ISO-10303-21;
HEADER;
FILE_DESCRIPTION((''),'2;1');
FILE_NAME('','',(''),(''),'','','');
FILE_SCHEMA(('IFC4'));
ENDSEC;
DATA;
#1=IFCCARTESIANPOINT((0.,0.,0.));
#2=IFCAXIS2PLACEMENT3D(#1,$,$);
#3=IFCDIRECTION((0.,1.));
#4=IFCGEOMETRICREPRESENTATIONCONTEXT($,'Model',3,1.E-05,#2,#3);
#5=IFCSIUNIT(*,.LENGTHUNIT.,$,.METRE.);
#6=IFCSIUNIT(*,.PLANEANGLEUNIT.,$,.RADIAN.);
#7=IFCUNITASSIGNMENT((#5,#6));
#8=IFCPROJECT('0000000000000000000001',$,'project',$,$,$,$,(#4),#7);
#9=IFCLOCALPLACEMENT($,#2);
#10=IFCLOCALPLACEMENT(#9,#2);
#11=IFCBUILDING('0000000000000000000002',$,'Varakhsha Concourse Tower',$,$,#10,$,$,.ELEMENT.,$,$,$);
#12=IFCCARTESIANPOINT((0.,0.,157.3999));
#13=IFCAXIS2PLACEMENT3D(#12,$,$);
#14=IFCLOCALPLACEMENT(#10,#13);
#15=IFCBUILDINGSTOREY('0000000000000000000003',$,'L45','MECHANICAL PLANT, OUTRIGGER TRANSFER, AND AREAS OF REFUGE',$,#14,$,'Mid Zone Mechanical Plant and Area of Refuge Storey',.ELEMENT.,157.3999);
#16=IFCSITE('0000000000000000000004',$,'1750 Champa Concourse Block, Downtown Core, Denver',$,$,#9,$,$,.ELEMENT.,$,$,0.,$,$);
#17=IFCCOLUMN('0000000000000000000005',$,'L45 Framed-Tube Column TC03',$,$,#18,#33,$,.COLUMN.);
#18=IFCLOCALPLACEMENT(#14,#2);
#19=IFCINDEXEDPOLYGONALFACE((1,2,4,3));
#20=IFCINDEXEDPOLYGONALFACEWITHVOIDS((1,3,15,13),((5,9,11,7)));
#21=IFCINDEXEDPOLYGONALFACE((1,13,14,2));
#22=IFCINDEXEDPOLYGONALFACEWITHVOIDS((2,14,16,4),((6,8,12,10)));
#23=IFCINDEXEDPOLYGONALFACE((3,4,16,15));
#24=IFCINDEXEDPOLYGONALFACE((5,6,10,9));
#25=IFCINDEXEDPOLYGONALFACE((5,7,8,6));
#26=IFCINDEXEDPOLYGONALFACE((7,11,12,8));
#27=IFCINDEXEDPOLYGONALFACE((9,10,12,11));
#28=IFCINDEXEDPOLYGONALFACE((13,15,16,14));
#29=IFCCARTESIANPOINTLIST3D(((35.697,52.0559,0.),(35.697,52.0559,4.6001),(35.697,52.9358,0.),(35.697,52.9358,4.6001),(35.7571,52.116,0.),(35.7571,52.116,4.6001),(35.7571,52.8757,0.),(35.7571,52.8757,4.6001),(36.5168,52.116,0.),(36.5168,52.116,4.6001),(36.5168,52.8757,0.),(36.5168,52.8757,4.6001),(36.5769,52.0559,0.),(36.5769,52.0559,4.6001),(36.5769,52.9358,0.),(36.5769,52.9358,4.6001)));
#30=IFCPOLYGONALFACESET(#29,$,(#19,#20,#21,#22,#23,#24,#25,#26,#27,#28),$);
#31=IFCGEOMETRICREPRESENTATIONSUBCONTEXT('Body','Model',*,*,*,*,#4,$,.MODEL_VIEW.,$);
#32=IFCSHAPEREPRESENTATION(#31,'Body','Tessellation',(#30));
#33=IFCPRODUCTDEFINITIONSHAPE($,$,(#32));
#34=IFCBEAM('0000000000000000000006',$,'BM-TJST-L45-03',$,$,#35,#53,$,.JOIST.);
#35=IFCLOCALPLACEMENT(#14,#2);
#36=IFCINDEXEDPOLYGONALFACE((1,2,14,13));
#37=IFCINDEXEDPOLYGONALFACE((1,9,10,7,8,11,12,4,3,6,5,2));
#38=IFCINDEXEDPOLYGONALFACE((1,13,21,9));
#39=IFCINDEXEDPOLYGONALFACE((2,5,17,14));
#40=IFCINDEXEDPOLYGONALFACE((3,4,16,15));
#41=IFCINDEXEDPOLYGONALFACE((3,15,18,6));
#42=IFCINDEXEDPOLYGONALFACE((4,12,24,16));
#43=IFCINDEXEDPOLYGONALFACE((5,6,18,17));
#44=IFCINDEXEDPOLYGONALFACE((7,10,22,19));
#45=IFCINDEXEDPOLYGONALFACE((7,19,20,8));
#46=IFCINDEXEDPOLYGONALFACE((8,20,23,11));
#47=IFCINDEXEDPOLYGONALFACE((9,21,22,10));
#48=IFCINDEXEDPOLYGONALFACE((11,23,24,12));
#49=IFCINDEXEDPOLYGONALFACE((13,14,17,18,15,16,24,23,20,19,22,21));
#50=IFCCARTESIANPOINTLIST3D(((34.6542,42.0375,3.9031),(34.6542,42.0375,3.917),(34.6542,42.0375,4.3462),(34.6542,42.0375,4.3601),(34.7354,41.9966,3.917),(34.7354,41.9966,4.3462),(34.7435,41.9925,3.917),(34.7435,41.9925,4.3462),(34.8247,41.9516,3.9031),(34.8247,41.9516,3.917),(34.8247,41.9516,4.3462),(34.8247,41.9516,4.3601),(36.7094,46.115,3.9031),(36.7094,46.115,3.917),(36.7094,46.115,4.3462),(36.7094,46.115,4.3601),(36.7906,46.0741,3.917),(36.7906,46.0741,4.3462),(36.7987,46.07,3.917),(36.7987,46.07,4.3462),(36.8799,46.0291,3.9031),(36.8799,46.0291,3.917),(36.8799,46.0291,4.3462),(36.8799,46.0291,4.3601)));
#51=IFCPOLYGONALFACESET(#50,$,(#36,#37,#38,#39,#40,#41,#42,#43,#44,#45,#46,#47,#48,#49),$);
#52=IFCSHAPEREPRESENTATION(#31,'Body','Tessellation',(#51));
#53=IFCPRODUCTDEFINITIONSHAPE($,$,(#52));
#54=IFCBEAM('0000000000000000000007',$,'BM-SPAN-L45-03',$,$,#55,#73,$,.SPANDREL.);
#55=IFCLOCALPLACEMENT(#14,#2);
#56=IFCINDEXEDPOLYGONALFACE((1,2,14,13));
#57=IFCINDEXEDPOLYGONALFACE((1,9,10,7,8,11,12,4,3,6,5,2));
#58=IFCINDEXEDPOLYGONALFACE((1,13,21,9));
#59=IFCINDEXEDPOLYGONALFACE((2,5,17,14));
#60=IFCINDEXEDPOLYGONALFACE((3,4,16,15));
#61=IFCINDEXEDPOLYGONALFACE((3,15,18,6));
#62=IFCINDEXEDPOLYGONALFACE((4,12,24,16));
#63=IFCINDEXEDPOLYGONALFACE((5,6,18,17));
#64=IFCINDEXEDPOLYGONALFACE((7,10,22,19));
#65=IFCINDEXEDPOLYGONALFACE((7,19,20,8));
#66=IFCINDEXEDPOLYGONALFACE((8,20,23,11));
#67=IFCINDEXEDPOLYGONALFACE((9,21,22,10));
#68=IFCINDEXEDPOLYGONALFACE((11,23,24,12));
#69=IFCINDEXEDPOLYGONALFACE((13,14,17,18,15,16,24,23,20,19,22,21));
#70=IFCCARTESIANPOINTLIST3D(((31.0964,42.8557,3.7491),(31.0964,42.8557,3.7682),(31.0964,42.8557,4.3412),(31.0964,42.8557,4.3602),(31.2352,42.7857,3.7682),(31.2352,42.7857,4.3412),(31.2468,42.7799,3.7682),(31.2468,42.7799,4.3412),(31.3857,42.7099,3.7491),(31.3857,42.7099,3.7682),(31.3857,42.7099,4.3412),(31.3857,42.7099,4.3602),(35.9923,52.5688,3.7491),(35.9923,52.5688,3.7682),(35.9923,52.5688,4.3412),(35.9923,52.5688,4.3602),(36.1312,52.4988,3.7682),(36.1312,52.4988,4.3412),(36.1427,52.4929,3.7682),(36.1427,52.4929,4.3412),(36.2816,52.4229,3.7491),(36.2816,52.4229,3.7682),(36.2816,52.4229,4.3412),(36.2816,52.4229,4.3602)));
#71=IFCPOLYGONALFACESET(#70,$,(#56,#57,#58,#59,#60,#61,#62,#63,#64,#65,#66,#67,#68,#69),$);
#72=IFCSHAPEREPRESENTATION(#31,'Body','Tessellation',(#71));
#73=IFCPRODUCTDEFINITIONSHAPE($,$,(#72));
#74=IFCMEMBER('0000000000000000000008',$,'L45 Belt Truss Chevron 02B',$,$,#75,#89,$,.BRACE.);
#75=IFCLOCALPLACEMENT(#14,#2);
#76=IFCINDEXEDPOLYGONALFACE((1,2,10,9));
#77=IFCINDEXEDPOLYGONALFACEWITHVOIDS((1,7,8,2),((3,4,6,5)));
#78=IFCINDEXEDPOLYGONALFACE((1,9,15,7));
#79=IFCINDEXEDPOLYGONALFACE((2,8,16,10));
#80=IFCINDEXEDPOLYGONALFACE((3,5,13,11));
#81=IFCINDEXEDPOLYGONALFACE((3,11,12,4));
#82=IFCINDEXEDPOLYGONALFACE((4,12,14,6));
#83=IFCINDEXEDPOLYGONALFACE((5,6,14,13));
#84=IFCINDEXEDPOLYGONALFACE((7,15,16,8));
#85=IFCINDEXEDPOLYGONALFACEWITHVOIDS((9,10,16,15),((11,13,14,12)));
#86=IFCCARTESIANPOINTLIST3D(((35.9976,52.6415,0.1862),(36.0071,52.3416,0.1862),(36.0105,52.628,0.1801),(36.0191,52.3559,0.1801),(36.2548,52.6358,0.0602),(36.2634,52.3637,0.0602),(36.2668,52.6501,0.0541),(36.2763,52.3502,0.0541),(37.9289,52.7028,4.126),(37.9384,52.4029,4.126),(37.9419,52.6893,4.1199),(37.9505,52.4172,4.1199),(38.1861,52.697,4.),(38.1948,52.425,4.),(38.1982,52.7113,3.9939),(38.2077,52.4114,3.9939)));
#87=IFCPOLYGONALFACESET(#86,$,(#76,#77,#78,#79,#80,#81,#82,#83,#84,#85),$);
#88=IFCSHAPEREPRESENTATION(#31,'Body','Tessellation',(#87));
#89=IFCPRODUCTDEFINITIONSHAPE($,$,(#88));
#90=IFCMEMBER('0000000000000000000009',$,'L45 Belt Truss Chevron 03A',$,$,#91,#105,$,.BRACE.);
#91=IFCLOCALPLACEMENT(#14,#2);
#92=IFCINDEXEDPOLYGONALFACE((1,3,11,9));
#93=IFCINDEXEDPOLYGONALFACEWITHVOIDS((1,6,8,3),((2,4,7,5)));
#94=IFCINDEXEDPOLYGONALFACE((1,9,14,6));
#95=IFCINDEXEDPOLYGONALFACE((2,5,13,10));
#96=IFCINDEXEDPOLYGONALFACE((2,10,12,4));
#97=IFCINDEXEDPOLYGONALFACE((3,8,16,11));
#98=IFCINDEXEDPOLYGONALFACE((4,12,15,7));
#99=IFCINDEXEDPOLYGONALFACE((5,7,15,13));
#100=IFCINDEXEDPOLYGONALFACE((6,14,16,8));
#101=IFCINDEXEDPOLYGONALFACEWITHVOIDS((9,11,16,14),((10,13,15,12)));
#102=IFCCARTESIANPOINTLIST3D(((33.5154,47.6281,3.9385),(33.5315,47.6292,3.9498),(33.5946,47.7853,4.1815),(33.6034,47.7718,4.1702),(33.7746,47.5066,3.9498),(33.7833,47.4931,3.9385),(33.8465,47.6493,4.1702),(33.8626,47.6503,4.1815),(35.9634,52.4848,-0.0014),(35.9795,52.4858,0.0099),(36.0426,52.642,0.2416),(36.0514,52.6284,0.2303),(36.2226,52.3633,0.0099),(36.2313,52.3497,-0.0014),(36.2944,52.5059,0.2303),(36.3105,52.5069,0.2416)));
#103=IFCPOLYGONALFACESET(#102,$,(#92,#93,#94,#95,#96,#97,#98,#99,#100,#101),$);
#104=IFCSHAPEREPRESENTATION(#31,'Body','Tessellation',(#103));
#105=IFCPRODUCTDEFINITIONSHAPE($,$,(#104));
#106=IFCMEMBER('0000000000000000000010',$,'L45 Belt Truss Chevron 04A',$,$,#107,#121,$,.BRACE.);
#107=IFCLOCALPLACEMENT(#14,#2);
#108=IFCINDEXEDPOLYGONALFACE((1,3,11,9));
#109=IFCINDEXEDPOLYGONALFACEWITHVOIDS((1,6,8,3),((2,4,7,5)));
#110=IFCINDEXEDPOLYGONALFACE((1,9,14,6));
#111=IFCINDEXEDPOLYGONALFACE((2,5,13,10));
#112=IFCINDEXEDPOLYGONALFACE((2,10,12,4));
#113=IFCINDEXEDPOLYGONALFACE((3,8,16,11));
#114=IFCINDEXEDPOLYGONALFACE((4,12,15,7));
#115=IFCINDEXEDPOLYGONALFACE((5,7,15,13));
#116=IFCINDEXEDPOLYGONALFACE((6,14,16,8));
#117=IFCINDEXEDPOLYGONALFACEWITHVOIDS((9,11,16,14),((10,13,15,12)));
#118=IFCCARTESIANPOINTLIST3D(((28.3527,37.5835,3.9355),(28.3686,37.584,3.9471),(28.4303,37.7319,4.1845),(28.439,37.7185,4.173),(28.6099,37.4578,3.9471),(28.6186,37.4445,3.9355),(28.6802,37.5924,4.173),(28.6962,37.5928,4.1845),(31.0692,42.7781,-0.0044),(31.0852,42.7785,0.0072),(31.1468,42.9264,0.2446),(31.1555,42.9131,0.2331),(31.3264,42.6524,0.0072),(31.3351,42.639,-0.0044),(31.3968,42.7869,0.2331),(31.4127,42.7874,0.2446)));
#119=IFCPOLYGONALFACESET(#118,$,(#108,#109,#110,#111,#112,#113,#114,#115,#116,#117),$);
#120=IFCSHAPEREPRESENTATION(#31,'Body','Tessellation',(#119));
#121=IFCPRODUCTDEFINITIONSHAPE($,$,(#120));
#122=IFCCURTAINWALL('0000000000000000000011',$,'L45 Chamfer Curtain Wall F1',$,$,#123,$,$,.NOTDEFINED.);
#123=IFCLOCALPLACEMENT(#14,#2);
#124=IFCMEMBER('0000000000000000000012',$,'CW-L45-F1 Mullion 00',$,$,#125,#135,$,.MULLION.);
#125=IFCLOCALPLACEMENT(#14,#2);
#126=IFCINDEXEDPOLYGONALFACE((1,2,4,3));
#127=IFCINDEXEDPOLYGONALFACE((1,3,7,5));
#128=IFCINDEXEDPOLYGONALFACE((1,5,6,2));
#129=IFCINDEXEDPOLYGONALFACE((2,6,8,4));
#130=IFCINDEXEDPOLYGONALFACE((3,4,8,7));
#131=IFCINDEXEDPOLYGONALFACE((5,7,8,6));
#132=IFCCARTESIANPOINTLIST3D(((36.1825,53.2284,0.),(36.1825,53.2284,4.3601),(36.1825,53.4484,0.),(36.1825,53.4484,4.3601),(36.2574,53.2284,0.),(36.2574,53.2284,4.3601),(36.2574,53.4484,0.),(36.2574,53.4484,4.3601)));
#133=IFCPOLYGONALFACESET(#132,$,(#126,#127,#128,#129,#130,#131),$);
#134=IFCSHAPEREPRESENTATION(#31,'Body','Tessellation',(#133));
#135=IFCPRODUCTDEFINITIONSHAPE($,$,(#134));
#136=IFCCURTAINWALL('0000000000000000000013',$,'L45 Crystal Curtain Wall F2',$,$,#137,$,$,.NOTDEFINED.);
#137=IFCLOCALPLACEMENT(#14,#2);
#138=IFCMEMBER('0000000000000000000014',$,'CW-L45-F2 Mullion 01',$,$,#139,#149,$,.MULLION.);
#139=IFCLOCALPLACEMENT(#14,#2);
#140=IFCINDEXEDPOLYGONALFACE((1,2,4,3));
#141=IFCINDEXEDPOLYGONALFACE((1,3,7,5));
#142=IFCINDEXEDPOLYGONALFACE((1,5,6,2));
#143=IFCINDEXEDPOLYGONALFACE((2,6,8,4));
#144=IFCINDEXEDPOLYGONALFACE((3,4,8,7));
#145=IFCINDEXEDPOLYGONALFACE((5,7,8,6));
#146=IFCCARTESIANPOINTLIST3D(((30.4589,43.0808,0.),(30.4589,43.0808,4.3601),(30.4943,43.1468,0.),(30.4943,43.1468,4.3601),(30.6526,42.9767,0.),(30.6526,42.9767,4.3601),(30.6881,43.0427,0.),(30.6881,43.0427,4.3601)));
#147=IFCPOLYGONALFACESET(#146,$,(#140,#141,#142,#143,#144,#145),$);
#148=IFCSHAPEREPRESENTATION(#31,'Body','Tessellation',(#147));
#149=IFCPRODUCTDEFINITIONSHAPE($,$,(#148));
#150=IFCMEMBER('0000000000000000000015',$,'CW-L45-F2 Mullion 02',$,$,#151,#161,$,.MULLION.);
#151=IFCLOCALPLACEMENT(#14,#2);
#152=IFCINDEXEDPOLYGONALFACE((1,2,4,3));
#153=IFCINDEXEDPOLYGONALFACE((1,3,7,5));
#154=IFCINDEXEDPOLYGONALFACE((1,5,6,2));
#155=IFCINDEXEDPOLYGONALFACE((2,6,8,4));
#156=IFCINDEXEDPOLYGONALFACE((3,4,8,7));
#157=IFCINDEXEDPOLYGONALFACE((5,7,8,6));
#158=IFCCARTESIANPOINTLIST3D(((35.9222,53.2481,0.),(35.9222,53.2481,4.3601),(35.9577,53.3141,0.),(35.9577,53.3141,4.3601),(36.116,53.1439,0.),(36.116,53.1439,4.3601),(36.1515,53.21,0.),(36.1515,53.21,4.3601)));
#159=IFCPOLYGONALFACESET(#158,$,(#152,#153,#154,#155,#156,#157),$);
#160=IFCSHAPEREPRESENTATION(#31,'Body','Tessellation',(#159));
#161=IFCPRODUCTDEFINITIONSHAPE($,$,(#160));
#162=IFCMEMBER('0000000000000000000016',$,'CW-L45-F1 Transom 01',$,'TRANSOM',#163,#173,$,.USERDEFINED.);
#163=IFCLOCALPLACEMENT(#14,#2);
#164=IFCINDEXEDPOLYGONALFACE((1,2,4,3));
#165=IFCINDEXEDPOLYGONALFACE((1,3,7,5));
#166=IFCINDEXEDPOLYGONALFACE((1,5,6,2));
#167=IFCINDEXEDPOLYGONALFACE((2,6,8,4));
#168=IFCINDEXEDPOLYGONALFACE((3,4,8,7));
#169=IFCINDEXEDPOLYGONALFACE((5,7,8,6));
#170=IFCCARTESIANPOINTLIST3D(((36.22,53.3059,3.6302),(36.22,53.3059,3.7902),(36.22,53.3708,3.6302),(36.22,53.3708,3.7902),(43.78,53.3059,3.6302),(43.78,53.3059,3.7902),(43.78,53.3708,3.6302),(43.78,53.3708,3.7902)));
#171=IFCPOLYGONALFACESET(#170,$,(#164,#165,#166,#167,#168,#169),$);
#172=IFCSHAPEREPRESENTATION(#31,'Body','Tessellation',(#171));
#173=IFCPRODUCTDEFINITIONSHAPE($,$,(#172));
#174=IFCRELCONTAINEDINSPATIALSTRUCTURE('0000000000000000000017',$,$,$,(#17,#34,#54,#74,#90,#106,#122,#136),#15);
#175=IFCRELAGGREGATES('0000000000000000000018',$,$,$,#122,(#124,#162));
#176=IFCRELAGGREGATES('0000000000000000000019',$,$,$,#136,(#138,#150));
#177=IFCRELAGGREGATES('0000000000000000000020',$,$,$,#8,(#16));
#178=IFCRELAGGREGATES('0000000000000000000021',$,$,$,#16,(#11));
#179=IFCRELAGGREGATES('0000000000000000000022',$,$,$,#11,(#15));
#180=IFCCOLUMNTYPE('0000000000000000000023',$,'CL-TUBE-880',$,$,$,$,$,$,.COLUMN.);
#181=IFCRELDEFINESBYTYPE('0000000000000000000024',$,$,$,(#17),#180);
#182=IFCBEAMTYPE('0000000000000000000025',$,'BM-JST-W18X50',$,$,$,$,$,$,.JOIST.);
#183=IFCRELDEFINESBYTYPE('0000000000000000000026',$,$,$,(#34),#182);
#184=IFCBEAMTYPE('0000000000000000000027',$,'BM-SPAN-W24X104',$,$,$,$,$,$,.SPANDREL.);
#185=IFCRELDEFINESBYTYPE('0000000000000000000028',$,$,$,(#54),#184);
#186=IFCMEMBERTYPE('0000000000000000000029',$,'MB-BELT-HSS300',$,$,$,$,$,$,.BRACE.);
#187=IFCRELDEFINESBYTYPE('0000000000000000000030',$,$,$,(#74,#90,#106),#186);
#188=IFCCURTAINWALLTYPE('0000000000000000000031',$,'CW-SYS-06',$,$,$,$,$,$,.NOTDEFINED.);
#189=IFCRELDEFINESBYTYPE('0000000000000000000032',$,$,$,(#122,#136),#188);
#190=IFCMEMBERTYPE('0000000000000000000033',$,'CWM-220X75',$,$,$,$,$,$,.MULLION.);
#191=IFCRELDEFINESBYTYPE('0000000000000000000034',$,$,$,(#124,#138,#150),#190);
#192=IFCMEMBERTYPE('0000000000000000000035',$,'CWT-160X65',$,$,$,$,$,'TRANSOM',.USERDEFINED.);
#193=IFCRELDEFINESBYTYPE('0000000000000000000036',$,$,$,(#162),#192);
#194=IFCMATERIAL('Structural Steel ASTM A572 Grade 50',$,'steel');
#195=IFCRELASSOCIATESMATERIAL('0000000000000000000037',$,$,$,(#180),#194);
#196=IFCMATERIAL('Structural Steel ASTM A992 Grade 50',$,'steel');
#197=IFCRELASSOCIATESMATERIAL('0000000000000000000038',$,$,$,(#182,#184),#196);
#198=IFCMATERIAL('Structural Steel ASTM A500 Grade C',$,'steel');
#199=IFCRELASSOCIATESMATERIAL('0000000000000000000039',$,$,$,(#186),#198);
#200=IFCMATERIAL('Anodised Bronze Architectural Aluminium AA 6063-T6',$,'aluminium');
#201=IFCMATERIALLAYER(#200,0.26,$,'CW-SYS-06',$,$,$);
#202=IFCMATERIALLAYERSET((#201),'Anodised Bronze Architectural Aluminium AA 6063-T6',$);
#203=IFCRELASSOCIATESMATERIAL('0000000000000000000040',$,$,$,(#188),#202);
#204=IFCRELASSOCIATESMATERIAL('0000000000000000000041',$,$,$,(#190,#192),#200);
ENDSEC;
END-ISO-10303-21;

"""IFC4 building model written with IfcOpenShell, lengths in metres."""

from ifc_helpers import new_model, si_unit, direction, frame, origin, origin_2d, place, context, subcontext, project, spatial, rectangle, hollow_rectangle, i_section, extrude, source, transform, mapped, material, layer, layer_set, material_profile, profile_set, type_object, type_shapes, element, aggregate, save


model = new_model("IFC4")

# Units and contexts
model_context = context("Model", 3, precision=1e-05, world=origin(), true_north=direction((0.0, 1.0)))
body_context = subcontext(model_context, "Body", "Model", "MODEL_VIEW")
ifc_project = project(units=[si_unit("LENGTHUNIT", "METRE"), si_unit("PLANEANGLEUNIT", "RADIAN")], contexts=[model_context])

# Site, building, storey
site_placement = place(None, origin())
site = spatial("IfcSite", under=ifc_project, at=site_placement, Name="1750 Champa Concourse Block, Downtown Core, Denver", CompositionType="ELEMENT", RefElevation=0.0)
building_placement = place(site_placement, origin())
building = spatial("IfcBuilding", under=site, at=building_placement, Name="Varakhsha Concourse Tower", CompositionType="ELEMENT")
storey_placement = place(building_placement, frame((0.0, 0.0, 157.3999)))
storey = spatial("IfcBuildingStorey", under=building, at=storey_placement, Name="L45", Description="MECHANICAL PLANT, OUTRIGGER TRANSFER, AND AREAS OF REFUGE", LongName="Mid Zone Mechanical Plant and Area of Refuge Storey", CompositionType="ELEMENT", Elevation=157.3999)

# Column
ifc_material_1 = material(Name="Structural Steel ASTM A572 Grade 50", Category="steel")
ifc_material_profile_1 = material_profile(ifc_material_1, hollow_rectangle(XDim=0.8799, YDim=0.8799, WallThickness=0.0601, at=origin_2d()), Name="BOX 880x880x60")
ifc_profile_set_1 = profile_set([ifc_material_profile_1], Name="Structural Steel ASTM A572 Grade 50")
column_type = type_object("IfcColumnType", Name="CL-TUBE-880", PredefinedType="COLUMN", material=ifc_profile_set_1)
column_placement = place(storey_placement, frame((36.137, 52.4958, 0.0), z_axis=(0.0, 0.0, 1.0), x_axis=(1.0, 0.0, 0.0)))
element("IfcColumn", 1, at=column_placement, inside=storey, type_object=column_type, Name="L45 Framed-Tube Column TC03", PredefinedType="COLUMN", context=body_context, shape_type="SweptSolid", body=[
    extrude(hollow_rectangle(XDim=0.8799, YDim=0.8799, WallThickness=0.0601, at=origin_2d()), origin(), (0.0, 0.0, 1.0), 4.6001),
])

# Beams
ifc_material_2 = material(Name="Structural Steel ASTM A992 Grade 50", Category="steel")
ifc_material_profile_2 = material_profile(ifc_material_2, i_section(OverallWidth=0.1909, OverallDepth=0.457, WebThickness=0.009, FlangeThickness=0.0139, at=origin_2d()), Name="W18X50")
ifc_profile_set_2 = profile_set([ifc_material_profile_2], Name="Structural Steel ASTM A992 Grade 50")
beam_type_1 = type_object("IfcBeamType", Name="BM-JST-W18X50", PredefinedType="JOIST", material=ifc_profile_set_2)
beam_1_placement = place(storey_placement, frame((36.7947, 46.072, 4.1316), z_axis=(-0.450099, -0.892979, 0.0), x_axis=(0.892979, -0.450099, 0.0)))
element("IfcBeam", 2, at=beam_1_placement, inside=storey, type_object=beam_type_1, Name="BM-TJST-L45-03", PredefinedType="JOIST", context=body_context, shape_type="SweptSolid", body=[
    extrude(i_section(OverallWidth=0.1909, OverallDepth=0.457, WebThickness=0.009, FlangeThickness=0.0139, at=origin_2d()), origin(), (0.0, 0.0, 1.0), 4.5662),
])
ifc_material_profile_3 = material_profile(ifc_material_2, i_section(OverallWidth=0.324, OverallDepth=0.6111, WebThickness=0.0129, FlangeThickness=0.019, at=origin_2d()), Name="W24X104")
ifc_profile_set_3 = profile_set([ifc_material_profile_3], Name="Structural Steel ASTM A992 Grade 50")
beam_type_2 = type_object("IfcBeamType", Name="BM-SPAN-W24X104", PredefinedType="SPANDREL", material=ifc_profile_set_3)
beam_2_placement = place(storey_placement, frame((36.137, 52.4958, 4.0547), z_axis=(-0.450111, -0.892973, 0.0), x_axis=(0.892973, -0.450111, 0.0)))
element("IfcBeam", 3, at=beam_2_placement, inside=storey, type_object=beam_type_2, Name="BM-SPAN-L45-03", PredefinedType="SPANDREL", context=body_context, shape_type="SweptSolid", body=[
    extrude(i_section(OverallWidth=0.324, OverallDepth=0.6111, WebThickness=0.0129, FlangeThickness=0.019, at=origin_2d()), origin(), (0.0, 0.0, 1.0), 10.8772),
])

# Members
ifc_material_3 = material(Name="Structural Steel ASTM A500 Grade C", Category="steel")
ifc_material_profile_4 = material_profile(ifc_material_3, hollow_rectangle(XDim=0.3, YDim=0.3, WallThickness=0.0139, at=origin_2d()), Name="HSS 300x300x14")
ifc_profile_set_4 = profile_set([ifc_material_profile_4], Name="Structural Steel ASTM A500 Grade C")
member_type_1 = type_object("IfcMemberType", Name="MB-BELT-HSS300", PredefinedType="BRACE", material=ifc_profile_set_4)
shared_shape_1 = source(origin(), body_context, "Body", "SweptSolid", [
    extrude(hollow_rectangle(XDim=0.3, YDim=0.3, WallThickness=0.0139, at=origin_2d()), origin(), (0.0, 0.0, 1.0), 4.3882),
])
member_1_placement = place(storey_placement, frame((36.137, 52.4958, 0.1201), z_axis=(0.440124, 0.013964, 0.897828), x_axis=(-0.031712, 0.999497, 0.0)))
element("IfcMember", 4, at=member_1_placement, inside=storey, type_object=member_type_1, Name="L45 Belt Truss Chevron 02B", PredefinedType="BRACE", context=body_context, shape_type="MappedRepresentation", body=[
    mapped(shared_shape_1, transform((0.0, 0.0, 0.0), scale=1.0)),
])
shared_shape_2 = source(origin(), body_context, "Body", "SweptSolid", [
    extrude(hollow_rectangle(XDim=0.3, YDim=0.3, WallThickness=0.0139, at=origin_2d()), origin(), (0.0, 0.0, 1.0), 6.7158),
])
member_2_placement = place(storey_placement, frame((36.137, 52.4958, 0.1201), z_axis=(-0.364508, -0.723163, 0.586659), x_axis=(0.892977, -0.450102, 0.0)))
element("IfcMember", 5, at=member_2_placement, inside=storey, type_object=member_type_1, Name="L45 Belt Truss Chevron 03A", PredefinedType="BRACE", context=body_context, shape_type="MappedRepresentation", body=[
    mapped(shared_shape_2, transform((0.0, 0.0, 0.0), scale=1.0)),
])
shared_shape_3 = source(origin(), body_context, "Body", "SweptSolid", [
    extrude(hollow_rectangle(XDim=0.3, YDim=0.3, WallThickness=0.0139, at=origin_2d()), origin(), (0.0, 0.0, 1.0), 7.063),
])
type_shapes(member_type_1, [shared_shape_1, shared_shape_2, shared_shape_3])
member_3_placement = place(storey_placement, frame((31.241, 42.7827, 0.1201), z_axis=(-0.384616, -0.73546, 0.557826), x_axis=(0.886141, -0.463416, 0.0)))
element("IfcMember", 6, at=member_3_placement, inside=storey, type_object=member_type_1, Name="L45 Belt Truss Chevron 04A", PredefinedType="BRACE", context=body_context, shape_type="MappedRepresentation", body=[
    mapped(shared_shape_3, transform((0.0, 0.0, 0.0), scale=1.0)),
])

# Curtain wall, member
ifc_material_4 = material(Name="Anodised Bronze Architectural Aluminium AA 6063-T6", Category="aluminium")
ifc_layer_1 = layer(ifc_material_4, 0.26, Name="CW-SYS-06")
ifc_layer_set_1 = layer_set([ifc_layer_1], Name="Anodised Bronze Architectural Aluminium AA 6063-T6")
curtain_wall_type = type_object("IfcCurtainWallType", Name="CW-SYS-06", PredefinedType="NOTDEFINED", material=ifc_layer_set_1)
curtain_wall_1_placement = place(storey_placement, origin())
curtain_wall_1 = element("IfcCurtainWall", 7, at=curtain_wall_1_placement, inside=storey, type_object=curtain_wall_type, Name="L45 Chamfer Curtain Wall F1", PredefinedType="NOTDEFINED")
ifc_material_profile_5 = material_profile(ifc_material_4, rectangle(XDim=0.075, YDim=0.22, at=origin_2d()), Name="CWM-220X75")
ifc_profile_set_5 = profile_set([ifc_material_profile_5], Name="Anodised Bronze Architectural Aluminium AA 6063-T6")
member_type_2 = type_object("IfcMemberType", Name="CWM-220X75", PredefinedType="MULLION", material=ifc_profile_set_5)
shared_shape_4 = source(origin(), body_context, "Body", "SweptSolid", [
    extrude(rectangle(XDim=0.075, YDim=0.22, at=origin_2d()), origin(), (0.0, 0.0, 1.0), 4.3601),
])
type_shapes(member_type_2, [shared_shape_4])
member_4_placement = place(storey_placement, frame((36.22, 53.3384, 0.0), z_axis=(0.0, 0.0, 1.0), x_axis=(1.0, 0.0, 0.0)))
member_4 = element("IfcMember", 8, at=member_4_placement, type_object=member_type_2, Name="CW-L45-F1 Mullion 00", PredefinedType="MULLION", context=body_context, shape_type="MappedRepresentation", body=[
    mapped(shared_shape_4, transform((0.0, 0.0, 0.0), scale=1.0)),
])

# Curtain wall, members
curtain_wall_2_placement = place(storey_placement, origin())
curtain_wall_2 = element("IfcCurtainWall", 9, at=curtain_wall_2_placement, inside=storey, type_object=curtain_wall_type, Name="L45 Crystal Curtain Wall F2", PredefinedType="NOTDEFINED")
member_5_placement = place(storey_placement, frame((30.5735, 43.0618, 0.0), z_axis=(0.0, 0.0, 1.0), x_axis=(0.473335, 0.880882, 0.0)))
member_5 = element("IfcMember", 10, at=member_5_placement, type_object=member_type_2, Name="CW-L45-F2 Mullion 01", PredefinedType="MULLION", context=body_context, shape_type="MappedRepresentation", body=[
    mapped(shared_shape_4, transform((0.0, 0.0, 0.0), scale=1.0)),
])
member_6_placement = place(storey_placement, frame((36.0369, 53.229, 0.0), z_axis=(0.0, 0.0, 1.0), x_axis=(0.473335, 0.880882, 0.0)))
member_6 = element("IfcMember", 11, at=member_6_placement, type_object=member_type_2, Name="CW-L45-F2 Mullion 02", PredefinedType="MULLION", context=body_context, shape_type="MappedRepresentation", body=[
    mapped(shared_shape_4, transform((0.0, 0.0, 0.0), scale=1.0)),
])

# Member
ifc_material_profile_6 = material_profile(ifc_material_4, rectangle(XDim=0.0649, YDim=0.1599, at=origin_2d()), Name="CWT-160X65")
ifc_profile_set_6 = profile_set([ifc_material_profile_6], Name="Anodised Bronze Architectural Aluminium AA 6063-T6")
member_type_3 = type_object("IfcMemberType", Name="CWT-160X65", ElementType="TRANSOM", PredefinedType="USERDEFINED", material=ifc_profile_set_6)
shared_shape_5 = source(origin(), body_context, "Body", "SweptSolid", [
    extrude(rectangle(XDim=0.0649, YDim=0.1599, at=origin_2d()), origin(), (0.0, 0.0, 1.0), 7.5601),
])
type_shapes(member_type_3, [shared_shape_5])
member_7_placement = place(storey_placement, frame((36.22, 53.3384, 3.7102), z_axis=(1.0, 0.0, 0.0), x_axis=(0.0, 1.0, 0.0)))
member_7 = element("IfcMember", 12, at=member_7_placement, type_object=member_type_3, Name="CW-L45-F1 Transom 01", ObjectType="TRANSOM", PredefinedType="USERDEFINED", context=body_context, shape_type="MappedRepresentation", body=[
    mapped(shared_shape_5, transform((0.0, 0.0, 0.0), scale=1.0)),
])
aggregate(curtain_wall_1, [member_4, member_7])

aggregate(curtain_wall_2, [member_5, member_6])

save(model, "model.ifc")
